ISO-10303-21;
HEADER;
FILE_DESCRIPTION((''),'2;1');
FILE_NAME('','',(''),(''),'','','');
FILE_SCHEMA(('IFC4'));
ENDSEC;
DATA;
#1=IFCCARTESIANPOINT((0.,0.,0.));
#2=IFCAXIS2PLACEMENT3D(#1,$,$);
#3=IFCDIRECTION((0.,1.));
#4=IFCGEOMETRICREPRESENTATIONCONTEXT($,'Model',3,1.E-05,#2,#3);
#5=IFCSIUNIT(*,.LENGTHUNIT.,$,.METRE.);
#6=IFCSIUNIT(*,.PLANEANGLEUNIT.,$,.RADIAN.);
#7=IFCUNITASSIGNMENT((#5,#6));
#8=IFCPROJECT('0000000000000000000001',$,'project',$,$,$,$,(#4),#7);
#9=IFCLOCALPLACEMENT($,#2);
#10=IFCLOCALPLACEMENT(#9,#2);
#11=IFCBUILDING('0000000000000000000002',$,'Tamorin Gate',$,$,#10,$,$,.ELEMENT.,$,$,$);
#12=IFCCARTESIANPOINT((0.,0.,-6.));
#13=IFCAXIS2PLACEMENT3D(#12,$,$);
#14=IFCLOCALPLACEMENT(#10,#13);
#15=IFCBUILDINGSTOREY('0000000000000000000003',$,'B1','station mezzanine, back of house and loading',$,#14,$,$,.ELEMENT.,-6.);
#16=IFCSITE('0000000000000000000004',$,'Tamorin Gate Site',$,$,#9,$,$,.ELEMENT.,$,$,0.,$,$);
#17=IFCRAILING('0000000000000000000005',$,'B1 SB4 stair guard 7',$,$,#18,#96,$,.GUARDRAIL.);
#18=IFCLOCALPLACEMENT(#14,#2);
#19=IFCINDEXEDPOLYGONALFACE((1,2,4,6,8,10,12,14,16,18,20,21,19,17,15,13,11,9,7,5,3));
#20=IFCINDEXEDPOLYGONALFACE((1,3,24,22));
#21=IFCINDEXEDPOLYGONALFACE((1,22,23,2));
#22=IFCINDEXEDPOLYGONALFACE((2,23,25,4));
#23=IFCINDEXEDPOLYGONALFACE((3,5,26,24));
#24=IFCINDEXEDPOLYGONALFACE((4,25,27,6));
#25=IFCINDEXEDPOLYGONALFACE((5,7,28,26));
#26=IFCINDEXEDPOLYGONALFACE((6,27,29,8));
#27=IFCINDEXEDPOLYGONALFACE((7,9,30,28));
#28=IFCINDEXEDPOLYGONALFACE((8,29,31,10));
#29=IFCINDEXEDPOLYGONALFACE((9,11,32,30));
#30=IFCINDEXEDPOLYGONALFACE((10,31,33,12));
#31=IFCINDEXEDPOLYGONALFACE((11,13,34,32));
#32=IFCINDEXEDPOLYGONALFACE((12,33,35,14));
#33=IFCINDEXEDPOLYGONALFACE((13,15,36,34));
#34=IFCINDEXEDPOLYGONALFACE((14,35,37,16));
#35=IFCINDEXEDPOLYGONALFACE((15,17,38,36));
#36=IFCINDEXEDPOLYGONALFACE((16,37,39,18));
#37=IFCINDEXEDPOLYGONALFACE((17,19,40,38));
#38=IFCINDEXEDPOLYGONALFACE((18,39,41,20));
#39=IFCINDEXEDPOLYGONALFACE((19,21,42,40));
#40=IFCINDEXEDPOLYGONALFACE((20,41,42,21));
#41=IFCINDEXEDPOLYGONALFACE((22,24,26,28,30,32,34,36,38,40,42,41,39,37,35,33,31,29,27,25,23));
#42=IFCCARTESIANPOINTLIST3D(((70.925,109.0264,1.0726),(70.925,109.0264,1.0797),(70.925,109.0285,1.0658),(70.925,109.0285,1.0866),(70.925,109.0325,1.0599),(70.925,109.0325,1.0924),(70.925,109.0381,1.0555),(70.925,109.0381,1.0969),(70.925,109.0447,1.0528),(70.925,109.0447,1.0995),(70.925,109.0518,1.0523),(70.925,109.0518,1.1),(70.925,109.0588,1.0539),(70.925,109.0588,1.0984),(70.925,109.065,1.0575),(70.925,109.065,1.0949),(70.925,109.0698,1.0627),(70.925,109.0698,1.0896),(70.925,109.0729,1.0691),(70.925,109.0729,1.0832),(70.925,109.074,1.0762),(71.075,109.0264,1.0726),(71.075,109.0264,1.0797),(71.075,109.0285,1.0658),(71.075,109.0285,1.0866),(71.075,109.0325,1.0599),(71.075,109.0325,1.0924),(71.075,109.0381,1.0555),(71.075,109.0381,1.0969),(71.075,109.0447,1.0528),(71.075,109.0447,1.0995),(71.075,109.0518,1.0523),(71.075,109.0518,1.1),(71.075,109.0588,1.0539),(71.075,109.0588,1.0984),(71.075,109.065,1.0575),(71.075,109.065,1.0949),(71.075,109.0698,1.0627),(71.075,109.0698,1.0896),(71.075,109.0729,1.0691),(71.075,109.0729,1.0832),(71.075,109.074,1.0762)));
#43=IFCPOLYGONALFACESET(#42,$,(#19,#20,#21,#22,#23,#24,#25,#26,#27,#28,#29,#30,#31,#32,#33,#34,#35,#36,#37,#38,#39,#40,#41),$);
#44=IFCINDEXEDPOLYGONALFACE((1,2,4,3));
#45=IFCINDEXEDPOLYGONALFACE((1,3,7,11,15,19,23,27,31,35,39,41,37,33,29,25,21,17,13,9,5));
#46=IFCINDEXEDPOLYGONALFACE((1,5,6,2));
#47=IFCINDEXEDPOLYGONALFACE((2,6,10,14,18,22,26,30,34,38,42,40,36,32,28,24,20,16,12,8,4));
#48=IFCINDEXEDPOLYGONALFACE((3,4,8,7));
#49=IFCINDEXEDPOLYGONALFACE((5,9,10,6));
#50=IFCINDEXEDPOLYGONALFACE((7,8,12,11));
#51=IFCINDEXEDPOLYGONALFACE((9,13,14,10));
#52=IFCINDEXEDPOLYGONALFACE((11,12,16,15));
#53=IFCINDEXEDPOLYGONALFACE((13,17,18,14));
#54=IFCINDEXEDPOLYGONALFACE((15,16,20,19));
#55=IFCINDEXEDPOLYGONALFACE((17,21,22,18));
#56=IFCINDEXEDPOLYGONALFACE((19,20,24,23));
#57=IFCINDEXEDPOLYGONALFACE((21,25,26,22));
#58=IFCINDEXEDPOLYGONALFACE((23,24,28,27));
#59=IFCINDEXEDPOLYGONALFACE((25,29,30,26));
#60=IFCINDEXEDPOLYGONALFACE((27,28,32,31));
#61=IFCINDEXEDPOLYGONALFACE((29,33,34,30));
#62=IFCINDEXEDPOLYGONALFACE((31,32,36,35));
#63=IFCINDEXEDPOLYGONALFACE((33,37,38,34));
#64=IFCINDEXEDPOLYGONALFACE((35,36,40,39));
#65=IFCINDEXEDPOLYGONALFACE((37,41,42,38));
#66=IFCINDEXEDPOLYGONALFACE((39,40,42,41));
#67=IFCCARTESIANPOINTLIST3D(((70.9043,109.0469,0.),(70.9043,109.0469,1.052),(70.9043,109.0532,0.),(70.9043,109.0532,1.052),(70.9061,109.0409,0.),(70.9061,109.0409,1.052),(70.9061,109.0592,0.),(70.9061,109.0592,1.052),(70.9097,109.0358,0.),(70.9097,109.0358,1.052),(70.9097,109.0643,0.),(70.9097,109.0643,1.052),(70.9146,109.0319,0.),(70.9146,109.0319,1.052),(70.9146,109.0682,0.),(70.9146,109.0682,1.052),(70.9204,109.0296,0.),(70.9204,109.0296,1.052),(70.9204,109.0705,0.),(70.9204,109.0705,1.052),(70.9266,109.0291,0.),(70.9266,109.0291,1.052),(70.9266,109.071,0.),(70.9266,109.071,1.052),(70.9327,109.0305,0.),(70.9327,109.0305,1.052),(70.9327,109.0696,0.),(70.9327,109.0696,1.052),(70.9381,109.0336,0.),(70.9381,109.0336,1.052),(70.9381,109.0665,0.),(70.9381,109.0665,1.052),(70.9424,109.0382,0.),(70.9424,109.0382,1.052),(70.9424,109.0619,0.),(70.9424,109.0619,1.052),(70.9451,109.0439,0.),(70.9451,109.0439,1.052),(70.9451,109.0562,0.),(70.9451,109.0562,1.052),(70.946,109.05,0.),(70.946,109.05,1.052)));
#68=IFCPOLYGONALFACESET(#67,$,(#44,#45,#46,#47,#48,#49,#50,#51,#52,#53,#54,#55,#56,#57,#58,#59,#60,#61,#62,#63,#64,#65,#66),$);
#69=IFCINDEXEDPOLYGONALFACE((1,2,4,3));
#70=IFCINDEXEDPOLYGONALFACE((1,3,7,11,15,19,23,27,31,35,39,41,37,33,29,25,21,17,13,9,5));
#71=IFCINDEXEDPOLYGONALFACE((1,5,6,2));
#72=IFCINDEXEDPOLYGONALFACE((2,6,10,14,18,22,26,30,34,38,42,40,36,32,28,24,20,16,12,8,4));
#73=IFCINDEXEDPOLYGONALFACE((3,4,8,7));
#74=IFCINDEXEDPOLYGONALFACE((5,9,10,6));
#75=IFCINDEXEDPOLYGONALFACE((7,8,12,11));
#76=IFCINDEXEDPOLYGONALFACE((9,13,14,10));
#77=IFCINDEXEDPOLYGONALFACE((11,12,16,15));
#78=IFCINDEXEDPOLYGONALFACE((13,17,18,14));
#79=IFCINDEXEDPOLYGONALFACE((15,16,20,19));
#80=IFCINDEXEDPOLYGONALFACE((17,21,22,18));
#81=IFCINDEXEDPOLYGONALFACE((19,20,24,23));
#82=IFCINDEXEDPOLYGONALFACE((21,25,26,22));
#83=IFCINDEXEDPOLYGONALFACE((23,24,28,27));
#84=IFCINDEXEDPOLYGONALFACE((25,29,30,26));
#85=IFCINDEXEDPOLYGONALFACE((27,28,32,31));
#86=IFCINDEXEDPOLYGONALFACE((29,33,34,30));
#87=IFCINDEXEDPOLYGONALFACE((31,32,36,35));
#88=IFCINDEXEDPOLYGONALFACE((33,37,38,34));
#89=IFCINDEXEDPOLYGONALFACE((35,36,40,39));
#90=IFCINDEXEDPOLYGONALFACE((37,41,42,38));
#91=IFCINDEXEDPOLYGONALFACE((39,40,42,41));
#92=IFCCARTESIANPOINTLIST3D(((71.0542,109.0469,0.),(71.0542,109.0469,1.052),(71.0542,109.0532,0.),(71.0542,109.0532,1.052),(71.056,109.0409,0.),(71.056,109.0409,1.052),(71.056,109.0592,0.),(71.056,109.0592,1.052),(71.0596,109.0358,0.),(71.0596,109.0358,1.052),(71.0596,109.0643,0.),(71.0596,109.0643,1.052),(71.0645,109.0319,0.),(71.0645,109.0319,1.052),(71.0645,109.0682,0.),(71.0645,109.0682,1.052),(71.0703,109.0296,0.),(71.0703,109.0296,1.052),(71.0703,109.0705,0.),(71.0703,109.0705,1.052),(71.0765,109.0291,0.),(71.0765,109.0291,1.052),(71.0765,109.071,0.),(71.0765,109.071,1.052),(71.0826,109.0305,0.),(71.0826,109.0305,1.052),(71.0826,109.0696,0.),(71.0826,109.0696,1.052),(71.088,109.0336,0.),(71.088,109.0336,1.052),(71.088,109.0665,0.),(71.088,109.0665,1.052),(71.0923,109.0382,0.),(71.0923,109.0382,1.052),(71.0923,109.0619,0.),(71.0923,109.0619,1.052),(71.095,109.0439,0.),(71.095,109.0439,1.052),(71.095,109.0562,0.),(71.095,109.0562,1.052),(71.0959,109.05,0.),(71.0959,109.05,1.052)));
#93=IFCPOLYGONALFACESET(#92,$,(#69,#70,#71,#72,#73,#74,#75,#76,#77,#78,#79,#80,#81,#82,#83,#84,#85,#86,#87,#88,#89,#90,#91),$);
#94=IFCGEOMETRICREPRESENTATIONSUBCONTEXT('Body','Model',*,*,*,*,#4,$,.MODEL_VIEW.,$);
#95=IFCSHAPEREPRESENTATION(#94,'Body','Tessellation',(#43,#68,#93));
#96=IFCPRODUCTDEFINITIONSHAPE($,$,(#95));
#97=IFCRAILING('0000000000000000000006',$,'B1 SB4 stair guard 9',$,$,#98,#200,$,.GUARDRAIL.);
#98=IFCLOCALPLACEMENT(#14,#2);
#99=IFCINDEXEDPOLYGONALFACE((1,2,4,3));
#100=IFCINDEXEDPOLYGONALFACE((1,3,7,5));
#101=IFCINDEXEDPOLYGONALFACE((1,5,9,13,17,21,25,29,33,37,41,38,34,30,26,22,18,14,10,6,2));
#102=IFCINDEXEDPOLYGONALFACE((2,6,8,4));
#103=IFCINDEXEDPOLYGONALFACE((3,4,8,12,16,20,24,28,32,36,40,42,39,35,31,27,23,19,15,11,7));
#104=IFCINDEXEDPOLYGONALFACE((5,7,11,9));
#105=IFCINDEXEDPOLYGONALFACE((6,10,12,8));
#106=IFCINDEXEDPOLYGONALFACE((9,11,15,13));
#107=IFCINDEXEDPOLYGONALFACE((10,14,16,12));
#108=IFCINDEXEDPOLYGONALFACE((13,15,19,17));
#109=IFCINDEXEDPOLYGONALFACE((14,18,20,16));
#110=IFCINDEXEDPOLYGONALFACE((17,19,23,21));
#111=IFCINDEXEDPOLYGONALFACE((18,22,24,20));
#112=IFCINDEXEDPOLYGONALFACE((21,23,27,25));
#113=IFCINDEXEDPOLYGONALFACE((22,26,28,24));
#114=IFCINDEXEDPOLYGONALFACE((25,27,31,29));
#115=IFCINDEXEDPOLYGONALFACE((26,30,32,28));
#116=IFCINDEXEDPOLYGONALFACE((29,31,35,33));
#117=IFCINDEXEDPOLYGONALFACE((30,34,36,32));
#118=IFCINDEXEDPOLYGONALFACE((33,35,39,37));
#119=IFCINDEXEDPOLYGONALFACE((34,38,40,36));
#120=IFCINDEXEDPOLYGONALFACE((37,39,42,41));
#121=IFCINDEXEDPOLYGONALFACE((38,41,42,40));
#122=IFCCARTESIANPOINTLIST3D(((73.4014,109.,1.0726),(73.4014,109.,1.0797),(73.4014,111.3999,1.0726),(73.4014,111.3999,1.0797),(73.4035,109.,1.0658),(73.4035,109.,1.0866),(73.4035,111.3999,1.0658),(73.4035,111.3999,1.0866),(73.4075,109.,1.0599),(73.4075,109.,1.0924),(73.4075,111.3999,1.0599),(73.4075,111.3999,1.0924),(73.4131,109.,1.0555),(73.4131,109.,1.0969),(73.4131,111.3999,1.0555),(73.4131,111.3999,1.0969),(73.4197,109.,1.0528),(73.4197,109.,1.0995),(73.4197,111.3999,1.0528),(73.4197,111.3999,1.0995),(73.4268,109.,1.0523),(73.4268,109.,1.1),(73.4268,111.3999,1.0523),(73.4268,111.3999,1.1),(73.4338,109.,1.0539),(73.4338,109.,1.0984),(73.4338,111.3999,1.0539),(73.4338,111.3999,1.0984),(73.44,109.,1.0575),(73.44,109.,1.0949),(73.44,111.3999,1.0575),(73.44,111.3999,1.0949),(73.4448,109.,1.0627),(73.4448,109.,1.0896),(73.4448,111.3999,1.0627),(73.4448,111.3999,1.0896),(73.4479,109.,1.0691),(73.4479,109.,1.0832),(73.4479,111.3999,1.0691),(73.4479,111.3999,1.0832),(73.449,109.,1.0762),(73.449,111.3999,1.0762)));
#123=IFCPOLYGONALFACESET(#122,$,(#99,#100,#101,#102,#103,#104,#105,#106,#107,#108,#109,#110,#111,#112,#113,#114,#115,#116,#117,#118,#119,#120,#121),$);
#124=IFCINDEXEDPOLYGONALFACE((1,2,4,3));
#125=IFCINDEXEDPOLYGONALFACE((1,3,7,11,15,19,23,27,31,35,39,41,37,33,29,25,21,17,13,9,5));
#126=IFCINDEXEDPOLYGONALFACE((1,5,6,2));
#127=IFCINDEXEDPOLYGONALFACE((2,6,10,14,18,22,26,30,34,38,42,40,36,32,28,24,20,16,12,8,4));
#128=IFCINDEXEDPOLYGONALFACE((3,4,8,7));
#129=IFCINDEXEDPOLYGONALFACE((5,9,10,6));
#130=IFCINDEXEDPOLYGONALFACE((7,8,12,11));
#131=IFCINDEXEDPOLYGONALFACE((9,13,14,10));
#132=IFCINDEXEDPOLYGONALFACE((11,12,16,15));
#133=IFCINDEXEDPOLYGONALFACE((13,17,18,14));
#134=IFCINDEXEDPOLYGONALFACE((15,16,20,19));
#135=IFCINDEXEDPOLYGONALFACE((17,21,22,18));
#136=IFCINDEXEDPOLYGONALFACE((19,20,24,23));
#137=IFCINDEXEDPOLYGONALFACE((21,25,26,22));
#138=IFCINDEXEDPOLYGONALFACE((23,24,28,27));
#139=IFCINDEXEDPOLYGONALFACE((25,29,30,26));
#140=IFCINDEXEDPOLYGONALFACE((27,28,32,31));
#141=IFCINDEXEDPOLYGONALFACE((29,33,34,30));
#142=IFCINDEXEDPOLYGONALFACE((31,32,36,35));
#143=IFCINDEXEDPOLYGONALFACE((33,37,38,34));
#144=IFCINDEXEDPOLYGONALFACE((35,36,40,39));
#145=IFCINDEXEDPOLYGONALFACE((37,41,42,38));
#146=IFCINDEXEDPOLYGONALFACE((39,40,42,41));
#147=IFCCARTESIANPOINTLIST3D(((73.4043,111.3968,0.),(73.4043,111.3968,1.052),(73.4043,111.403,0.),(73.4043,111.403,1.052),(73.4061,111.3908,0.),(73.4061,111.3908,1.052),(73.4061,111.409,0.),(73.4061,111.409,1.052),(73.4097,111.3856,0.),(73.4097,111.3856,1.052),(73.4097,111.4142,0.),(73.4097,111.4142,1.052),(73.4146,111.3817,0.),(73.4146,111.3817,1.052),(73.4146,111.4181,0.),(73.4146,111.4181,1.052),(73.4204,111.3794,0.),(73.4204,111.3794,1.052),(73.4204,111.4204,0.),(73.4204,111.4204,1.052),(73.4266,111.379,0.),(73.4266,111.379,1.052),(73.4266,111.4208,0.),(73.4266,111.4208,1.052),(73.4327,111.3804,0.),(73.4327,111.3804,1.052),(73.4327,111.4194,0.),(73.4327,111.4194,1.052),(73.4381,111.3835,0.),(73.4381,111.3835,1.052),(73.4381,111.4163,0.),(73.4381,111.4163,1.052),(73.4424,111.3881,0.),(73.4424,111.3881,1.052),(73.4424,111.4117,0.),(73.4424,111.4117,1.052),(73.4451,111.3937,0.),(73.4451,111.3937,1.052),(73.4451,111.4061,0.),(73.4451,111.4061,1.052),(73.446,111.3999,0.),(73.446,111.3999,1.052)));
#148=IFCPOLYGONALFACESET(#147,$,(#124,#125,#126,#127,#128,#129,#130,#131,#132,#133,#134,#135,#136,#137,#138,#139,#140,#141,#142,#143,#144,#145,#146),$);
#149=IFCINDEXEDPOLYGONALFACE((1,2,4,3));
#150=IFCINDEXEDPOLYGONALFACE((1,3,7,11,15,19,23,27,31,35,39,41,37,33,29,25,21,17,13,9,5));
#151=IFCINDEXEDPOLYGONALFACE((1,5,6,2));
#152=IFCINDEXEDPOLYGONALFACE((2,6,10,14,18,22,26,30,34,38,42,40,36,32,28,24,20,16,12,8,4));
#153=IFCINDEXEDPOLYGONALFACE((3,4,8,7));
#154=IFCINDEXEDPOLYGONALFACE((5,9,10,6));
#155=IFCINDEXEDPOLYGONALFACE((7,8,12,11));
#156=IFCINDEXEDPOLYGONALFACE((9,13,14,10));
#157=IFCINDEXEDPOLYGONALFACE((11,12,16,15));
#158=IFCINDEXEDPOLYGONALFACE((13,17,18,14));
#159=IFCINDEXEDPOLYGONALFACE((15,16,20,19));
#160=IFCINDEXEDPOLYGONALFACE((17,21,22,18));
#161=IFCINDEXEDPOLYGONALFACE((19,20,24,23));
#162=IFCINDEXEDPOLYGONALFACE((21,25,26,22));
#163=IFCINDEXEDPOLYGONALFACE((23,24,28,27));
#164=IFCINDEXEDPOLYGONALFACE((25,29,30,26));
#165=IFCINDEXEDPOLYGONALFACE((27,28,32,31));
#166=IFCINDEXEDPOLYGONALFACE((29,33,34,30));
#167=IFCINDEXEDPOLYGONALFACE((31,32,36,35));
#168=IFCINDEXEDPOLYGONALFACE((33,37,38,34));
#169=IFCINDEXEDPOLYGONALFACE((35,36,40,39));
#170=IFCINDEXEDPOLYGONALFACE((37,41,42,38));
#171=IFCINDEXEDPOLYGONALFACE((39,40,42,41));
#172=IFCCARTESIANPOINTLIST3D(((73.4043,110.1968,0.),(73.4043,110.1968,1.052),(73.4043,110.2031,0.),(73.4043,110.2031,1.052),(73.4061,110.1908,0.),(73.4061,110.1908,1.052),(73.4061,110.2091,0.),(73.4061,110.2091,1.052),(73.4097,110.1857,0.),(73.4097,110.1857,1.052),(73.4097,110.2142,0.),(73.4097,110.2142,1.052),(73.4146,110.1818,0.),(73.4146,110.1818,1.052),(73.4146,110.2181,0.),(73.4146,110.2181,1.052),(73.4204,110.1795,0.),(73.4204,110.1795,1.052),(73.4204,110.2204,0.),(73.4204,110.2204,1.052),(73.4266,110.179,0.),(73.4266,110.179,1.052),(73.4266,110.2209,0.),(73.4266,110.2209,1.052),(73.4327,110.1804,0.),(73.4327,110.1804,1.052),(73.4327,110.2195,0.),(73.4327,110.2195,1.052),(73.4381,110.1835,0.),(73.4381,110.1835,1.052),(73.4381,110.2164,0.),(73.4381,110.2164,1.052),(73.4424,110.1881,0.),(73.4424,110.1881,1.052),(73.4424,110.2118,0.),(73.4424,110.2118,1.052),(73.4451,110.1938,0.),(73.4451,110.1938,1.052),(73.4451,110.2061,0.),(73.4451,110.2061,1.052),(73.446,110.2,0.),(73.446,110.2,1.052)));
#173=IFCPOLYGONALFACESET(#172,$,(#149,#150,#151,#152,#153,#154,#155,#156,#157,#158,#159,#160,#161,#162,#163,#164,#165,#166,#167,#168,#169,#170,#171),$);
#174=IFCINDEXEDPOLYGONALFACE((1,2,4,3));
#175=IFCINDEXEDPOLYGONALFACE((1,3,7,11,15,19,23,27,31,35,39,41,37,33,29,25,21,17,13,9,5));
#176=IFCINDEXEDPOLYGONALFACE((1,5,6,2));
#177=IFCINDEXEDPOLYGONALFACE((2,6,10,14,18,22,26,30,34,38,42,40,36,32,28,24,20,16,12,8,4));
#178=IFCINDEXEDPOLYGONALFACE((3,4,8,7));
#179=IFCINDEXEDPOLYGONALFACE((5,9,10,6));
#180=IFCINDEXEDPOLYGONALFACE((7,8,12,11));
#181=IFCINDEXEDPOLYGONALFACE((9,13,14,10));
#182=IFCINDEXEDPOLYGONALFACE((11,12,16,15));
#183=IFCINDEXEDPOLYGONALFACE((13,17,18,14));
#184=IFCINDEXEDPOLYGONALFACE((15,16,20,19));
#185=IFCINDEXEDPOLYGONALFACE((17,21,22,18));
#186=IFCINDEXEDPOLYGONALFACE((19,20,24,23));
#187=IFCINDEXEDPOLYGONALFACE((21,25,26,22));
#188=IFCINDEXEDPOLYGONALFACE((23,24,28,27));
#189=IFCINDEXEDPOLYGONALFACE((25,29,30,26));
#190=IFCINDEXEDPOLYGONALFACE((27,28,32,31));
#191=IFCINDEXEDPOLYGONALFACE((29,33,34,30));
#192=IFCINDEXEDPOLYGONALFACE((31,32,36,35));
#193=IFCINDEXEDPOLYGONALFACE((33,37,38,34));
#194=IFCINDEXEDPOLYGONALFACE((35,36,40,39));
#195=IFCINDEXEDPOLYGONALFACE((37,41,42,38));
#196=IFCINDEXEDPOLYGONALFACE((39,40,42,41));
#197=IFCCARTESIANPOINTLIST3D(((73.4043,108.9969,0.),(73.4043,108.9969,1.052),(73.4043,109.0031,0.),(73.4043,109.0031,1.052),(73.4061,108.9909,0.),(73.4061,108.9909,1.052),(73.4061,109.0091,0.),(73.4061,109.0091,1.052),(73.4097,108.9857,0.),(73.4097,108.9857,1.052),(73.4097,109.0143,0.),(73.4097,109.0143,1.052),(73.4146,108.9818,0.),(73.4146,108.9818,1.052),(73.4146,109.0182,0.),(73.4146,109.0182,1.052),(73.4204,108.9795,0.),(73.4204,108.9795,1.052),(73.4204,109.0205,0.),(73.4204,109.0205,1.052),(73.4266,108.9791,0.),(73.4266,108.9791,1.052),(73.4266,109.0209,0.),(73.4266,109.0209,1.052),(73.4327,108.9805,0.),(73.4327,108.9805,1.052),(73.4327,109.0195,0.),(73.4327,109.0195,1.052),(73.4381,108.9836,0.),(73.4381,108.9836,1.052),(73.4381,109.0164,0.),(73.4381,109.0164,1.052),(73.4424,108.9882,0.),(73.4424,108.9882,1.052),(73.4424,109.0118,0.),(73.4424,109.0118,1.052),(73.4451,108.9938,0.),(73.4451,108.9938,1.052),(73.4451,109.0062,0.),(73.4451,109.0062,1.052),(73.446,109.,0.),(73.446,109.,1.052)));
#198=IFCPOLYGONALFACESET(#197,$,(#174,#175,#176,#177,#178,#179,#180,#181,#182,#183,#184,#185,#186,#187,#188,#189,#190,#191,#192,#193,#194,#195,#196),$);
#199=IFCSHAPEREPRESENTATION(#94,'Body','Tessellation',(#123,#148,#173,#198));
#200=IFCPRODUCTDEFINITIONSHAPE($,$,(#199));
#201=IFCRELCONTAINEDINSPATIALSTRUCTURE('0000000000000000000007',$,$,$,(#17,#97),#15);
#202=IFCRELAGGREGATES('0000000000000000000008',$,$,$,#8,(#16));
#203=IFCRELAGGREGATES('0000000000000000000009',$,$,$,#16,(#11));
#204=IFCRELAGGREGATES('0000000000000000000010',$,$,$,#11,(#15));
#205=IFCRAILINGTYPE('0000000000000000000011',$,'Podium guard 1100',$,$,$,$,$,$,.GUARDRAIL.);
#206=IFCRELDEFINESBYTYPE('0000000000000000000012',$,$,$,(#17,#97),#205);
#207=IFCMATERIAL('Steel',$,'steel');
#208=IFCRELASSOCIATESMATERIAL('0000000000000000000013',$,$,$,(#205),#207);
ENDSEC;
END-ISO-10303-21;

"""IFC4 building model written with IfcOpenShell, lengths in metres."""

from ifc_helpers import new_model, si_unit, direction, frame, origin, origin_2d, place, context, subcontext, project, spatial, circle, extrude, material, type_object, element, save


model = new_model("IFC4")

# Units and contexts
model_context = context("Model", 3, precision=1e-05, world=origin(), true_north=direction((0.0, 1.0)))
body_context = subcontext(model_context, "Body", "Model", "MODEL_VIEW")
ifc_project = project(units=[si_unit("LENGTHUNIT", "METRE"), si_unit("PLANEANGLEUNIT", "RADIAN")], contexts=[model_context])

# Site, building, storey
site_placement = place(None, origin())
site = spatial("IfcSite", under=ifc_project, at=site_placement, Name="Tamorin Gate Site", CompositionType="ELEMENT", RefElevation=0.0)
building_placement = place(site_placement, origin())
building = spatial("IfcBuilding", under=site, at=building_placement, Name="Tamorin Gate", CompositionType="ELEMENT")
storey_placement = place(building_placement, frame((0.0, 0.0, -6.0)))
storey = spatial("IfcBuildingStorey", under=building, at=storey_placement, Name="B1", Description="station mezzanine, back of house and loading", CompositionType="ELEMENT", Elevation=-6.0)

# Railings
ifc_material_1 = material(Name="Steel", Category="steel")
railing_type_1 = type_object("IfcRailingType", Name="Podium guard 1100", PredefinedType="GUARDRAIL", material=ifc_material_1)
railing_1_placement = place(storey_placement, frame((70.925, 109.05, 0.0)))
element("IfcRailing", 1, at=railing_1_placement, inside=storey, type_object=railing_type_1, Name="B1 SB4 stair guard 7", PredefinedType="GUARDRAIL", context=body_context, shape_type="SweptSolid", body=[
    extrude(circle(Radius=0.0239, at=origin_2d()), frame((0.0, 0.0, 1.0762), z_axis=(1.0, 0.0, 0.0), x_axis=(0.0, 1.0, 0.0)), (0.0, 0.0, 1.0), 0.1499),
    extrude(circle(Radius=0.021, at=origin_2d()), origin(), (0.0, 0.0, 1.0), 1.052),
    extrude(circle(Radius=0.021, at=origin_2d()), frame((0.1499, 0.0, 0.0)), (0.0, 0.0, 1.0), 1.052),
])
railing_2_placement = place(storey_placement, frame((73.425, 111.3999, 0.0)))
element("IfcRailing", 2, at=railing_2_placement, inside=storey, type_object=railing_type_1, Name="B1 SB4 stair guard 9", PredefinedType="GUARDRAIL", context=body_context, shape_type="SweptSolid", body=[
    extrude(circle(Radius=0.0239, at=origin_2d()), frame((0.0, 0.0, 1.0762), z_axis=(0.0, -1.0, 0.0), x_axis=(1.0, 0.0, 0.0)), (0.0, 0.0, 1.0), 2.3999),
    extrude(circle(Radius=0.021, at=origin_2d()), origin(), (0.0, 0.0, 1.0), 1.052),
    extrude(circle(Radius=0.021, at=origin_2d()), frame((0.0, -1.2, 0.0)), (0.0, 0.0, 1.0), 1.052),
    extrude(circle(Radius=0.021, at=origin_2d()), frame((0.0, -2.3999, 0.0)), (0.0, 0.0, 1.0), 1.052),
])

save(model, "model.ifc")
